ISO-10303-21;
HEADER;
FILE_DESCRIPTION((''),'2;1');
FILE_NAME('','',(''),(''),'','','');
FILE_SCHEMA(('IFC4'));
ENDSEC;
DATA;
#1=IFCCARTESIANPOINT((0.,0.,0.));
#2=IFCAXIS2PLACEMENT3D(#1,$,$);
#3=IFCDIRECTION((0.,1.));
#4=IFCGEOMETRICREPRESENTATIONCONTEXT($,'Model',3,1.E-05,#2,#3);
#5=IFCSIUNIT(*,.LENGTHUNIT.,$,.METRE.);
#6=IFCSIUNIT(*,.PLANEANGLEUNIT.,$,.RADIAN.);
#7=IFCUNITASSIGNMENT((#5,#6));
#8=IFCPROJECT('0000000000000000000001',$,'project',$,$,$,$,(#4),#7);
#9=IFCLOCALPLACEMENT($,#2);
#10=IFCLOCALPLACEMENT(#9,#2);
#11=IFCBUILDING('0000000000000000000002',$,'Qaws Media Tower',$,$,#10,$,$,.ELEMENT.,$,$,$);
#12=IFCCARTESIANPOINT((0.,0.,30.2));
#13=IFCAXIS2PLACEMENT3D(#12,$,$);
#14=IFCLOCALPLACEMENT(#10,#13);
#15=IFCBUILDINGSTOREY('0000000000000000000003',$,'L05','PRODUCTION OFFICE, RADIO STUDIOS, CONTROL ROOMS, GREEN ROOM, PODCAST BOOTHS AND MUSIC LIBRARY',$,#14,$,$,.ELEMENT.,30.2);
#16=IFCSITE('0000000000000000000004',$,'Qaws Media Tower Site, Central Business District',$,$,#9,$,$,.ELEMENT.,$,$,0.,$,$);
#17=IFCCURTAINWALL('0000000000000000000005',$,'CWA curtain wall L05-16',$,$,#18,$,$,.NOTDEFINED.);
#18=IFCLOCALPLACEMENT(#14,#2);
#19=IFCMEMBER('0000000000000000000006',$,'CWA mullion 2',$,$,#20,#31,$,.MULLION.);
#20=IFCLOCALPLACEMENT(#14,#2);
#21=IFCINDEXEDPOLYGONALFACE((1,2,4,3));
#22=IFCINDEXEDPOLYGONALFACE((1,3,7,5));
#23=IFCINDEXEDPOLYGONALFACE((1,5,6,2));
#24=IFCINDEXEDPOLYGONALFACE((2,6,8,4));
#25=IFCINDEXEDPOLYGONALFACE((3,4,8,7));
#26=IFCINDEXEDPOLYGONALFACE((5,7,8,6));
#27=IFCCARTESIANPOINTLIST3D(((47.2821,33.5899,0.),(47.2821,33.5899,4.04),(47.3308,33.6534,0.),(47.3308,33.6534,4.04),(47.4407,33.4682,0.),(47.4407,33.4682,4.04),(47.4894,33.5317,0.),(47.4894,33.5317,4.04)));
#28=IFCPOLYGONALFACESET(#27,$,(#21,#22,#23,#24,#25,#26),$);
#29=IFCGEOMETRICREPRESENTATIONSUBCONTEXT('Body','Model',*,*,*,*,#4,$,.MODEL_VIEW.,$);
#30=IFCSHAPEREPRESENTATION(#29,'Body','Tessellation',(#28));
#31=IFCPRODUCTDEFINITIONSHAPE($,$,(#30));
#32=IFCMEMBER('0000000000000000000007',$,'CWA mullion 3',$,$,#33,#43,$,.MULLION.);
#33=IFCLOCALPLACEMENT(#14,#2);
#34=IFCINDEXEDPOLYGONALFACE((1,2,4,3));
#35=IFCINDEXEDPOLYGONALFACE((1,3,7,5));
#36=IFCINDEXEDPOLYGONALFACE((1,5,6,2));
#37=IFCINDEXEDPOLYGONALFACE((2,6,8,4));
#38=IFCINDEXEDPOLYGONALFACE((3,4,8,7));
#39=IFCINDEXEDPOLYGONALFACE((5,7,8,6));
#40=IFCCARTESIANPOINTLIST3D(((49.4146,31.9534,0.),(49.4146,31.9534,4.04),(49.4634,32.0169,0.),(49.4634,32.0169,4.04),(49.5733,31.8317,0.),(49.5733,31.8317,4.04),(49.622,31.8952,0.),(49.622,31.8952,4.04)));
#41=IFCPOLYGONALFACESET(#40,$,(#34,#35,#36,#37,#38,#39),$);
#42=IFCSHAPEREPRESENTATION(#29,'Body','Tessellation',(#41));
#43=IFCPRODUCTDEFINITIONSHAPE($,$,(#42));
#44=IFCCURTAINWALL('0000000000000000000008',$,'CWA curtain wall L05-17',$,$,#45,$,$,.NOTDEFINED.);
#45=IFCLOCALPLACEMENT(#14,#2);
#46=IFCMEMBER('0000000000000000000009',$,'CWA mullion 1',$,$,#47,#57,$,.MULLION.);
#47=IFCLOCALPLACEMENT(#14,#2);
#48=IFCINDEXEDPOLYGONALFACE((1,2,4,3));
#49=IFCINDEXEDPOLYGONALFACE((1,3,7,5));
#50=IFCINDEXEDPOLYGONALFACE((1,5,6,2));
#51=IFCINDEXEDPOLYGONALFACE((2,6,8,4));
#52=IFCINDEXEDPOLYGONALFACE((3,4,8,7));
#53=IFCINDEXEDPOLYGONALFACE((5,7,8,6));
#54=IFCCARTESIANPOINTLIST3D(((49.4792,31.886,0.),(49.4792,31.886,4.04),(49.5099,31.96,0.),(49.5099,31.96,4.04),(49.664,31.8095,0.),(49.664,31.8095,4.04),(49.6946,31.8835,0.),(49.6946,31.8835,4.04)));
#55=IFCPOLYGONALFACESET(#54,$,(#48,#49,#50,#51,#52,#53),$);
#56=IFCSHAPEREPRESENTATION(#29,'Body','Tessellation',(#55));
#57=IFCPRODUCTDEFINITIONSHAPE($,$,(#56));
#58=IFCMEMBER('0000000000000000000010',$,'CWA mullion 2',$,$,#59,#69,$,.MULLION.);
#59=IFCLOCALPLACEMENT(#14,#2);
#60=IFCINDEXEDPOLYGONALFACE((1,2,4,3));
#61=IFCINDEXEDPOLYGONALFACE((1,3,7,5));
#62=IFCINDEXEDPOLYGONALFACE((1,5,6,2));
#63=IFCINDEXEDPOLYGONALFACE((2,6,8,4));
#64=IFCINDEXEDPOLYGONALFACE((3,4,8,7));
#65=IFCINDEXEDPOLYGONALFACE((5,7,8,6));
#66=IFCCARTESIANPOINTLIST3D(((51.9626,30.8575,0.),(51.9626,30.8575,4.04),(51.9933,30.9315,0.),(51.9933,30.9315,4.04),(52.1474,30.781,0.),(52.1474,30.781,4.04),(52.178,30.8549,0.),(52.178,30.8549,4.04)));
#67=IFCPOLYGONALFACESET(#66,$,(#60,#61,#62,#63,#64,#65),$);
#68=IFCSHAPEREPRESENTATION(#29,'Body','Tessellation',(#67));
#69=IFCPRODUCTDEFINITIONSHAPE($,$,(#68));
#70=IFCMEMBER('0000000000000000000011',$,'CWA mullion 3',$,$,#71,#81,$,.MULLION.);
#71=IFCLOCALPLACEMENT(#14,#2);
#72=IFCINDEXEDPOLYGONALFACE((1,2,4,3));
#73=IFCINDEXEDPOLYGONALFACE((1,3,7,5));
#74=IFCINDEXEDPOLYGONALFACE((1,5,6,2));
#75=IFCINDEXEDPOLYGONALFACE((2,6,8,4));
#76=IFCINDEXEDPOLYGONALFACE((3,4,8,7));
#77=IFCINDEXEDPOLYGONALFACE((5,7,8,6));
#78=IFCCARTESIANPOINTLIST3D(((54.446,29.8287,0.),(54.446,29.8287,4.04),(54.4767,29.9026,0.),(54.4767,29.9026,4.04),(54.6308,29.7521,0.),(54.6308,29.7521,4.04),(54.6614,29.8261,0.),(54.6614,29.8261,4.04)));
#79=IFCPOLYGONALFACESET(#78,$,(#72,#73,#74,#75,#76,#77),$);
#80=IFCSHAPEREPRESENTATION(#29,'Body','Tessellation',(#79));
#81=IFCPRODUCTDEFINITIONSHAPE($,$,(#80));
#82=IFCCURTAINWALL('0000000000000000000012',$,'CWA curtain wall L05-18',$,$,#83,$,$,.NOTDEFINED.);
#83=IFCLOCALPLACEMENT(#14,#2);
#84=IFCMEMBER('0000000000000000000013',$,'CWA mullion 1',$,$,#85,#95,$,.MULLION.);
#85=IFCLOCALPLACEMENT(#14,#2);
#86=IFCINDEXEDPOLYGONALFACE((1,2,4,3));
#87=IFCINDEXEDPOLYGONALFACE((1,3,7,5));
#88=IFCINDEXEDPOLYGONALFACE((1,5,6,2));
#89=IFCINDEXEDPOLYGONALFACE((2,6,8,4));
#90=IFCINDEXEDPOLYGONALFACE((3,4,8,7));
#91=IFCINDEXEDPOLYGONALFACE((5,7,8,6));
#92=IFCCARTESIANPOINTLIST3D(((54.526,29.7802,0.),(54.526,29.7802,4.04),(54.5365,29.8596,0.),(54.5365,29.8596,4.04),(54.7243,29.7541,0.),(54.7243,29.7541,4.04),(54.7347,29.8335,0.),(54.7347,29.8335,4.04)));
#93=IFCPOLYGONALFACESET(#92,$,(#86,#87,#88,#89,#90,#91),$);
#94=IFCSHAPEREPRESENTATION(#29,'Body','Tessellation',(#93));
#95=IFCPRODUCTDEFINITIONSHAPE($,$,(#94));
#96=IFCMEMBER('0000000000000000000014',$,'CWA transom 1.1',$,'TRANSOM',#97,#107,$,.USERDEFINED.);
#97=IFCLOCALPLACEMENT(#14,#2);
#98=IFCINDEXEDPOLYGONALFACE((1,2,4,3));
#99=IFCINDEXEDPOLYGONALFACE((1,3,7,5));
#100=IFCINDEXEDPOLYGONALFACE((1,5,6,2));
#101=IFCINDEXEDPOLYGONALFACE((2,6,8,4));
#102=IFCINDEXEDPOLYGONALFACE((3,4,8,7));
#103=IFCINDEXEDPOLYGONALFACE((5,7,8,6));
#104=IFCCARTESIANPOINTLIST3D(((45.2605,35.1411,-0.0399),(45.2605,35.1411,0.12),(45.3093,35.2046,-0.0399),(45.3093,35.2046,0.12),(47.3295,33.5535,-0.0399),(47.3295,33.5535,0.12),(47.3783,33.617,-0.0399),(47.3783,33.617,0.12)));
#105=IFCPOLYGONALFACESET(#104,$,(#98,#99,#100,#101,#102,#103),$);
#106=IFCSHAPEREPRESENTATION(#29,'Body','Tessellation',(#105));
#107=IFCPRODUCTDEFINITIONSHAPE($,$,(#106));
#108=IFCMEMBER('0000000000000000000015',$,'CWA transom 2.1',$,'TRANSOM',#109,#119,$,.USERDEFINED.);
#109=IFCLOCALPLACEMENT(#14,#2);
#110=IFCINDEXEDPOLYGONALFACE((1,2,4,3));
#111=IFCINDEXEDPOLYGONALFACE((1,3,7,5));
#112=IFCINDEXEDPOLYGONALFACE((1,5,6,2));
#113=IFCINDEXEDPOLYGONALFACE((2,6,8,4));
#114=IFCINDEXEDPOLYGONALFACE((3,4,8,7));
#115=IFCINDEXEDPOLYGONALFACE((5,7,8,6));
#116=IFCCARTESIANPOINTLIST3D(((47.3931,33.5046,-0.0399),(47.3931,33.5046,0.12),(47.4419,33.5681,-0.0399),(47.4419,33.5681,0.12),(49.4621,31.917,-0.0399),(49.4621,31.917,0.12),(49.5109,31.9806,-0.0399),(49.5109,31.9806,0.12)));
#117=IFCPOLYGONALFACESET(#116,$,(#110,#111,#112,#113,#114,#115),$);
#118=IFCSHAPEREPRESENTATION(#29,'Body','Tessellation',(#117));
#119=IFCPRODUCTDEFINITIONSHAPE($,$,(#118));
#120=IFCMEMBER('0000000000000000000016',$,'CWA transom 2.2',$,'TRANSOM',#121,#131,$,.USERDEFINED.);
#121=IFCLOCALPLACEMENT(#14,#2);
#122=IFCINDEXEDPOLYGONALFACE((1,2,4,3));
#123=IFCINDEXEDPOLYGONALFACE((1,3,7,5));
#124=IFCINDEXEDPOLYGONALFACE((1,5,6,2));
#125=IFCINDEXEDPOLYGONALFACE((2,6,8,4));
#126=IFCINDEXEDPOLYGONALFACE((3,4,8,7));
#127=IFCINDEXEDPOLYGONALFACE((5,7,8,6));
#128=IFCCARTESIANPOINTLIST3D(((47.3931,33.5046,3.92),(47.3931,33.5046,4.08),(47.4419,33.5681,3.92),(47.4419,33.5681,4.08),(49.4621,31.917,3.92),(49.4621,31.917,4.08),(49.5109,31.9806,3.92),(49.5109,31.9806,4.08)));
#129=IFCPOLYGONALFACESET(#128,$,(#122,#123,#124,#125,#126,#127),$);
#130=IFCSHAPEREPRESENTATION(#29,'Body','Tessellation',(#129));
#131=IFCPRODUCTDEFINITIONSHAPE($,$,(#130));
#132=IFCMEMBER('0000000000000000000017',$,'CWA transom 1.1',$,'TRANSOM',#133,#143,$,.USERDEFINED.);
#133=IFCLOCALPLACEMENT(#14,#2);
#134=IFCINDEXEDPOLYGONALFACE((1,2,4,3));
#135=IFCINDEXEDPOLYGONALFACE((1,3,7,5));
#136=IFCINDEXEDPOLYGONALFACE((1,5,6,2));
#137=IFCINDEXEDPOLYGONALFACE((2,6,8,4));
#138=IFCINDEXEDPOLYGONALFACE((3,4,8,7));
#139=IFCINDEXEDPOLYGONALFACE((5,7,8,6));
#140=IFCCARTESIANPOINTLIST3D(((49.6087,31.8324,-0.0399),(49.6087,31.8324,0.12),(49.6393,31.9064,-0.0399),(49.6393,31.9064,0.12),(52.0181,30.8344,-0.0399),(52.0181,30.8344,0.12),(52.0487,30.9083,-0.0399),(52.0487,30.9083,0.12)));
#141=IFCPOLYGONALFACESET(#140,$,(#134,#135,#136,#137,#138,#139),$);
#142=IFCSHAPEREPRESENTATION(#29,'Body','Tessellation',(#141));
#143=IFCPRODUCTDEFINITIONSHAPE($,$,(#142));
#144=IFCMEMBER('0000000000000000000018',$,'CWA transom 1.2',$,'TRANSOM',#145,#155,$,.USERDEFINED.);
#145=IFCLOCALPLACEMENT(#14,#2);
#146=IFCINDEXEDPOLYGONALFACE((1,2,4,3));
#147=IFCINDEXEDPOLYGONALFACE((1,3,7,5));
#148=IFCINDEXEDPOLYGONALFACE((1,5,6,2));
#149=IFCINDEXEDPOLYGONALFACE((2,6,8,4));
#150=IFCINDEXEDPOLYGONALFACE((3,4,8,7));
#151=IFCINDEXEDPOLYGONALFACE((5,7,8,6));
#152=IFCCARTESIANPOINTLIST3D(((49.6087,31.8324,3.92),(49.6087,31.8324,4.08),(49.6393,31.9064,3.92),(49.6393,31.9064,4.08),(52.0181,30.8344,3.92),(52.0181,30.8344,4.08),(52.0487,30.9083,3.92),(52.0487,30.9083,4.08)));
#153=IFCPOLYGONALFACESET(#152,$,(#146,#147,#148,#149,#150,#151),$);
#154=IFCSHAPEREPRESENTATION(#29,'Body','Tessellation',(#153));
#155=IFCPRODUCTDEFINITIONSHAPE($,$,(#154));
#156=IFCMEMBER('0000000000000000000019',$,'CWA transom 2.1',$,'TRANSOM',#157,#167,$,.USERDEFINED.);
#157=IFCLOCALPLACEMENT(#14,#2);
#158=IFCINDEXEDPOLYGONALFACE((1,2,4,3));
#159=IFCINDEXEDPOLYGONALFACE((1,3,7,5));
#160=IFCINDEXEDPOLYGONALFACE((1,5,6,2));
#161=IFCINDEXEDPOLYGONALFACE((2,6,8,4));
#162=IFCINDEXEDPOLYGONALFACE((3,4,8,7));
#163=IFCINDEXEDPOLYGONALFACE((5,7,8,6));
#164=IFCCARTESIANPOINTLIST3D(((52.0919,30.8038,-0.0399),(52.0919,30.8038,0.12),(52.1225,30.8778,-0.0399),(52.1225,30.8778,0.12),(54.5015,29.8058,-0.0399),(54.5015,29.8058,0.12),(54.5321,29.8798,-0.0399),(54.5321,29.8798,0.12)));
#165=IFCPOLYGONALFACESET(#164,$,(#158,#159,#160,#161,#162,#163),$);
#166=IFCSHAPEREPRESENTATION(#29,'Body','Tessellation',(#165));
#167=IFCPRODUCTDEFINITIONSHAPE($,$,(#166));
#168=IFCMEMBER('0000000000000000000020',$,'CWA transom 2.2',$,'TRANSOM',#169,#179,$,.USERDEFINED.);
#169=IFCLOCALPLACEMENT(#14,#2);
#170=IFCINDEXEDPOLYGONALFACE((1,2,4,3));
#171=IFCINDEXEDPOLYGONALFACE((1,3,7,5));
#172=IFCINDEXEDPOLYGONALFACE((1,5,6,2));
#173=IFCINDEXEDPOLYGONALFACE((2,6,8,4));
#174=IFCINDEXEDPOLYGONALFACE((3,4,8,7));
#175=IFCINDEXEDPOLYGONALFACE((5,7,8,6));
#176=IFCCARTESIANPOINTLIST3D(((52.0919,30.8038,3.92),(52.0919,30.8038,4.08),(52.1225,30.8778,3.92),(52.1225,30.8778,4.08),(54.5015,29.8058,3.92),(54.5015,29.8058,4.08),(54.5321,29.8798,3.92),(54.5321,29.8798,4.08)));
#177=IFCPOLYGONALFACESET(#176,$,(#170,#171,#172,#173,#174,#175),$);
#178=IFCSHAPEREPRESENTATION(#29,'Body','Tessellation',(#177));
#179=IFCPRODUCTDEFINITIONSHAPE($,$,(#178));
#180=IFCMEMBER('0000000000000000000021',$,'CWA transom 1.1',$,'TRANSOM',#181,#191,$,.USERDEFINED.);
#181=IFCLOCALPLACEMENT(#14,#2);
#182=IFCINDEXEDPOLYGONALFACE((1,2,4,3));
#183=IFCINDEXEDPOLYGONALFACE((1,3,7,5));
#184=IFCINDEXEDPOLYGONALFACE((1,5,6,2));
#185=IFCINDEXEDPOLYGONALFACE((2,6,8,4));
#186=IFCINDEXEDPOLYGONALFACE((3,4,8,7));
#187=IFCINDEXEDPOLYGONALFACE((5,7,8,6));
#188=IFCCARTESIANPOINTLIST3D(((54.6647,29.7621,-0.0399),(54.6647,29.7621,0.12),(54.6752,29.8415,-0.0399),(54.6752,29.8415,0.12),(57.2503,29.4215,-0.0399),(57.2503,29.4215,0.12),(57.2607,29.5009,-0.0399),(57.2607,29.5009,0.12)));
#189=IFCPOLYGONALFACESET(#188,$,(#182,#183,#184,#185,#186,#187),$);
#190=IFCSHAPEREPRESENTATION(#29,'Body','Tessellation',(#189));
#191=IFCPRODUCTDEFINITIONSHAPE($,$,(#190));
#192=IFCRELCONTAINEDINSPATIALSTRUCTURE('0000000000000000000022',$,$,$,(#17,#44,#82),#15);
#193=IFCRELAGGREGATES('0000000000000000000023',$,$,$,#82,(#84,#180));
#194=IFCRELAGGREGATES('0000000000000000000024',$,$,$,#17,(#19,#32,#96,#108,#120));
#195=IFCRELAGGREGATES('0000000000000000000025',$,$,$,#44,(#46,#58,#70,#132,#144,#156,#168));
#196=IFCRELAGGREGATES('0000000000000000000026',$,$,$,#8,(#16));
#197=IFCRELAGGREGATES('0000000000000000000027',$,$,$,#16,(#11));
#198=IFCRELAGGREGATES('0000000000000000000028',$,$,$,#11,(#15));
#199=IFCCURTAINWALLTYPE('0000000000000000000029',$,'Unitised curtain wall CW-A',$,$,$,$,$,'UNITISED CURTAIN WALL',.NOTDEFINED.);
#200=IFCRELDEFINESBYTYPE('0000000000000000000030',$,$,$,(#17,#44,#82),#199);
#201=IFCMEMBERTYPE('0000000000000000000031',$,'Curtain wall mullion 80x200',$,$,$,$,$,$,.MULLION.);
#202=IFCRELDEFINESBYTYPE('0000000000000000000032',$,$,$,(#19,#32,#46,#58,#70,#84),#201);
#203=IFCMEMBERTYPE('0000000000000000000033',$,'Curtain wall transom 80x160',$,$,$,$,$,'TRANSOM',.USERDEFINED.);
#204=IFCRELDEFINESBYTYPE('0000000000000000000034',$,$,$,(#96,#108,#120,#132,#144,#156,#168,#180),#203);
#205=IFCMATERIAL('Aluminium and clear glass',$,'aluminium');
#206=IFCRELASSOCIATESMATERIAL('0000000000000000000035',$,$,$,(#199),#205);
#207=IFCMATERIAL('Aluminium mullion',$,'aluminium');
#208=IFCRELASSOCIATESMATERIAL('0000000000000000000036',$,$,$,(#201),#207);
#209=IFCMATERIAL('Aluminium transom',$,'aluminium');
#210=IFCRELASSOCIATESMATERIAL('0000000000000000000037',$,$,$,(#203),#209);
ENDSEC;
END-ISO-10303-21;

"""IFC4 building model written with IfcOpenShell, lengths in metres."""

from ifc_helpers import new_model, si_unit, direction, frame, origin, origin_2d, place, context, subcontext, project, spatial, rectangle, extrude, material, material_profile, profile_set, type_object, element, aggregate, save


model = new_model("IFC4")

# Units and contexts
model_context = context("Model", 3, precision=1e-05, world=origin(), true_north=direction((0.0, 1.0)))
body_context = subcontext(model_context, "Body", "Model", "MODEL_VIEW")
ifc_project = project(units=[si_unit("LENGTHUNIT", "METRE"), si_unit("PLANEANGLEUNIT", "RADIAN")], contexts=[model_context])

# Site, building, storey
site_placement = place(None, origin())
site = spatial("IfcSite", under=ifc_project, at=site_placement, Name="Qaws Media Tower Site, Central Business District", CompositionType="ELEMENT", RefElevation=0.0)
building_placement = place(site_placement, origin())
building = spatial("IfcBuilding", under=site, at=building_placement, Name="Qaws Media Tower", CompositionType="ELEMENT")
storey_placement = place(building_placement, frame((0.0, 0.0, 30.2)))
storey = spatial("IfcBuildingStorey", under=building, at=storey_placement, Name="L05", Description="PRODUCTION OFFICE, RADIO STUDIOS, CONTROL ROOMS, GREEN ROOM, PODCAST BOOTHS AND MUSIC LIBRARY", CompositionType="ELEMENT", Elevation=30.2)

# Curtain walls, members
ifc_material_1 = material(Name="Aluminium and clear glass", Category="aluminium")
curtain_wall_type = type_object("IfcCurtainWallType", Name="Unitised curtain wall CW-A", ElementType="UNITISED CURTAIN WALL", PredefinedType="NOTDEFINED", material=ifc_material_1)
curtain_wall_1_placement = place(storey_placement, origin())
curtain_wall_1 = element("IfcCurtainWall", 1, at=curtain_wall_1_placement, inside=storey, type_object=curtain_wall_type, Name="CWA curtain wall L05-16", PredefinedType="NOTDEFINED")
ifc_material_2 = material(Name="Aluminium mullion", Category="aluminium")
ifc_material_profile_1 = material_profile(ifc_material_2, rectangle(XDim=0.0801, YDim=0.2, at=origin_2d()), Name="80x200")
ifc_profile_set_1 = profile_set([ifc_material_profile_1], Name="Aluminium mullion")
member_type_1 = type_object("IfcMemberType", Name="Curtain wall mullion 80x200", PredefinedType="MULLION", material=ifc_profile_set_1)
member_1_placement = place(storey_placement, frame((47.3857, 33.5608, 0.0), z_axis=(0.0, 0.0, 1.0), x_axis=(0.608761, 0.793353, 0.0)))
member_1 = element("IfcMember", 2, at=member_1_placement, type_object=member_type_1, Name="CWA mullion 2", PredefinedType="MULLION", context=body_context, shape_type="SweptSolid", body=[
    extrude(rectangle(XDim=0.0801, YDim=0.2, at=origin_2d()), origin(), (0.0, 0.0, 1.0), 4.04),
])
member_2_placement = place(storey_placement, frame((49.5183, 31.9243, 0.0), z_axis=(0.0, 0.0, 1.0), x_axis=(0.608761, 0.793353, 0.0)))
member_2 = element("IfcMember", 3, at=member_2_placement, type_object=member_type_1, Name="CWA mullion 3", PredefinedType="MULLION", context=body_context, shape_type="SweptSolid", body=[
    extrude(rectangle(XDim=0.0801, YDim=0.2, at=origin_2d()), origin(), (0.0, 0.0, 1.0), 4.04),
])
curtain_wall_2_placement = place(storey_placement, origin())
curtain_wall_2 = element("IfcCurtainWall", 4, at=curtain_wall_2_placement, inside=storey, type_object=curtain_wall_type, Name="CWA curtain wall L05-17", PredefinedType="NOTDEFINED")
member_3_placement = place(storey_placement, frame((49.5869, 31.8848, 0.0), z_axis=(0.0, 0.0, 1.0), x_axis=(0.382683, 0.92388, 0.0)))
member_3 = element("IfcMember", 5, at=member_3_placement, type_object=member_type_1, Name="CWA mullion 1", PredefinedType="MULLION", context=body_context, shape_type="SweptSolid", body=[
    extrude(rectangle(XDim=0.0801, YDim=0.2, at=origin_2d()), origin(), (0.0, 0.0, 1.0), 4.04),
])
member_4_placement = place(storey_placement, frame((52.0703, 30.8562, 0.0), z_axis=(0.0, 0.0, 1.0), x_axis=(0.382683, 0.92388, 0.0)))
member_4 = element("IfcMember", 6, at=member_4_placement, type_object=member_type_1, Name="CWA mullion 2", PredefinedType="MULLION", context=body_context, shape_type="SweptSolid", body=[
    extrude(rectangle(XDim=0.0801, YDim=0.2, at=origin_2d()), origin(), (0.0, 0.0, 1.0), 4.04),
])
member_5_placement = place(storey_placement, frame((54.5537, 29.8274, 0.0), z_axis=(0.0, 0.0, 1.0), x_axis=(0.382683, 0.92388, 0.0)))
member_5 = element("IfcMember", 7, at=member_5_placement, type_object=member_type_1, Name="CWA mullion 3", PredefinedType="MULLION", context=body_context, shape_type="SweptSolid", body=[
    extrude(rectangle(XDim=0.0801, YDim=0.2, at=origin_2d()), origin(), (0.0, 0.0, 1.0), 4.04),
])

# Curtain wall, member
curtain_wall_3_placement = place(storey_placement, origin())
curtain_wall_3 = element("IfcCurtainWall", 8, at=curtain_wall_3_placement, inside=storey, type_object=curtain_wall_type, Name="CWA curtain wall L05-18", PredefinedType="NOTDEFINED")
member_6_placement = place(storey_placement, frame((54.6304, 29.8069, 0.0), z_axis=(0.0, 0.0, 1.0), x_axis=(0.130526, 0.991445, 0.0)))
member_6 = element("IfcMember", 9, at=member_6_placement, type_object=member_type_1, Name="CWA mullion 1", PredefinedType="MULLION", context=body_context, shape_type="SweptSolid", body=[
    extrude(rectangle(XDim=0.0801, YDim=0.2, at=origin_2d()), origin(), (0.0, 0.0, 1.0), 4.04),
])

# Members
ifc_material_3 = material(Name="Aluminium transom", Category="aluminium")
ifc_material_profile_2 = material_profile(ifc_material_3, rectangle(XDim=0.0801, YDim=0.1599, at=origin_2d()), Name="80x160")
ifc_profile_set_2 = profile_set([ifc_material_profile_2], Name="Aluminium transom")
member_type_2 = type_object("IfcMemberType", Name="Curtain wall transom 80x160", ElementType="TRANSOM", PredefinedType="USERDEFINED", material=ifc_profile_set_2)
member_7_placement = place(storey_placement, frame((45.2849, 35.1729, 0.04), z_axis=(0.793358, -0.608756, 0.0), x_axis=(0.608756, 0.793358, 0.0)))
member_7 = element("IfcMember", 10, at=member_7_placement, type_object=member_type_2, Name="CWA transom 1.1", ObjectType="TRANSOM", PredefinedType="USERDEFINED", context=body_context, shape_type="SweptSolid", body=[
    extrude(rectangle(XDim=0.0801, YDim=0.1599, at=origin_2d()), origin(), (0.0, 0.0, 1.0), 2.6079),
])
member_8_placement = place(storey_placement, frame((47.4175, 33.5364, 0.04), z_axis=(0.793358, -0.608756, 0.0), x_axis=(0.608756, 0.793358, 0.0)))
member_8 = element("IfcMember", 11, at=member_8_placement, type_object=member_type_2, Name="CWA transom 2.1", ObjectType="TRANSOM", PredefinedType="USERDEFINED", context=body_context, shape_type="SweptSolid", body=[
    extrude(rectangle(XDim=0.0801, YDim=0.1599, at=origin_2d()), origin(), (0.0, 0.0, 1.0), 2.6079),
])
member_9_placement = place(storey_placement, frame((47.4175, 33.5364, 4.0), z_axis=(0.793358, -0.608756, 0.0), x_axis=(0.608756, 0.793358, 0.0)))
member_9 = element("IfcMember", 12, at=member_9_placement, type_object=member_type_2, Name="CWA transom 2.2", ObjectType="TRANSOM", PredefinedType="USERDEFINED", context=body_context, shape_type="SweptSolid", body=[
    extrude(rectangle(XDim=0.0801, YDim=0.1599, at=origin_2d()), origin(), (0.0, 0.0, 1.0), 2.6079),
])
member_10_placement = place(storey_placement, frame((49.624, 31.8694, 0.04), z_axis=(0.923875, -0.382694, 0.0), x_axis=(0.382694, 0.923875, 0.0)))
member_10 = element("IfcMember", 13, at=member_10_placement, type_object=member_type_2, Name="CWA transom 1.1", ObjectType="TRANSOM", PredefinedType="USERDEFINED", context=body_context, shape_type="SweptSolid", body=[
    extrude(rectangle(XDim=0.0801, YDim=0.1599, at=origin_2d()), origin(), (0.0, 0.0, 1.0), 2.6079),
])
member_11_placement = place(storey_placement, frame((49.624, 31.8694, 4.0), z_axis=(0.923875, -0.382694, 0.0), x_axis=(0.382694, 0.923875, 0.0)))
member_11 = element("IfcMember", 14, at=member_11_placement, type_object=member_type_2, Name="CWA transom 1.2", ObjectType="TRANSOM", PredefinedType="USERDEFINED", context=body_context, shape_type="SweptSolid", body=[
    extrude(rectangle(XDim=0.0801, YDim=0.1599, at=origin_2d()), origin(), (0.0, 0.0, 1.0), 2.6079),
])
member_12_placement = place(storey_placement, frame((52.1072, 30.8408, 0.04), z_axis=(0.923889, -0.38266, 0.0), x_axis=(0.38266, 0.923889, 0.0)))
member_12 = element("IfcMember", 15, at=member_12_placement, type_object=member_type_2, Name="CWA transom 2.1", ObjectType="TRANSOM", PredefinedType="USERDEFINED", context=body_context, shape_type="SweptSolid", body=[
    extrude(rectangle(XDim=0.0801, YDim=0.1599, at=origin_2d()), origin(), (0.0, 0.0, 1.0), 2.6082),
])
member_13_placement = place(storey_placement, frame((52.1072, 30.8408, 4.0), z_axis=(0.923889, -0.38266, 0.0), x_axis=(0.38266, 0.923889, 0.0)))
member_13 = element("IfcMember", 16, at=member_13_placement, type_object=member_type_2, Name="CWA transom 2.2", ObjectType="TRANSOM", PredefinedType="USERDEFINED", context=body_context, shape_type="SweptSolid", body=[
    extrude(rectangle(XDim=0.0801, YDim=0.1599, at=origin_2d()), origin(), (0.0, 0.0, 1.0), 2.6082),
])
member_14_placement = place(storey_placement, frame((54.6699, 29.8018, 0.04), z_axis=(0.991437, -0.130588, 0.0), x_axis=(0.130588, 0.991437, 0.0)))
member_14 = element("IfcMember", 17, at=member_14_placement, type_object=member_type_2, Name="CWA transom 1.1", ObjectType="TRANSOM", PredefinedType="USERDEFINED", context=body_context, shape_type="SweptSolid", body=[
    extrude(rectangle(XDim=0.0801, YDim=0.1599, at=origin_2d()), origin(), (0.0, 0.0, 1.0), 2.6079),
])
aggregate(curtain_wall_3, [member_6, member_14])

aggregate(curtain_wall_1, [member_1, member_2, member_7, member_8, member_9])
aggregate(curtain_wall_2, [member_3, member_4, member_5, member_10, member_11, member_12, member_13])

save(model, "model.ifc")
